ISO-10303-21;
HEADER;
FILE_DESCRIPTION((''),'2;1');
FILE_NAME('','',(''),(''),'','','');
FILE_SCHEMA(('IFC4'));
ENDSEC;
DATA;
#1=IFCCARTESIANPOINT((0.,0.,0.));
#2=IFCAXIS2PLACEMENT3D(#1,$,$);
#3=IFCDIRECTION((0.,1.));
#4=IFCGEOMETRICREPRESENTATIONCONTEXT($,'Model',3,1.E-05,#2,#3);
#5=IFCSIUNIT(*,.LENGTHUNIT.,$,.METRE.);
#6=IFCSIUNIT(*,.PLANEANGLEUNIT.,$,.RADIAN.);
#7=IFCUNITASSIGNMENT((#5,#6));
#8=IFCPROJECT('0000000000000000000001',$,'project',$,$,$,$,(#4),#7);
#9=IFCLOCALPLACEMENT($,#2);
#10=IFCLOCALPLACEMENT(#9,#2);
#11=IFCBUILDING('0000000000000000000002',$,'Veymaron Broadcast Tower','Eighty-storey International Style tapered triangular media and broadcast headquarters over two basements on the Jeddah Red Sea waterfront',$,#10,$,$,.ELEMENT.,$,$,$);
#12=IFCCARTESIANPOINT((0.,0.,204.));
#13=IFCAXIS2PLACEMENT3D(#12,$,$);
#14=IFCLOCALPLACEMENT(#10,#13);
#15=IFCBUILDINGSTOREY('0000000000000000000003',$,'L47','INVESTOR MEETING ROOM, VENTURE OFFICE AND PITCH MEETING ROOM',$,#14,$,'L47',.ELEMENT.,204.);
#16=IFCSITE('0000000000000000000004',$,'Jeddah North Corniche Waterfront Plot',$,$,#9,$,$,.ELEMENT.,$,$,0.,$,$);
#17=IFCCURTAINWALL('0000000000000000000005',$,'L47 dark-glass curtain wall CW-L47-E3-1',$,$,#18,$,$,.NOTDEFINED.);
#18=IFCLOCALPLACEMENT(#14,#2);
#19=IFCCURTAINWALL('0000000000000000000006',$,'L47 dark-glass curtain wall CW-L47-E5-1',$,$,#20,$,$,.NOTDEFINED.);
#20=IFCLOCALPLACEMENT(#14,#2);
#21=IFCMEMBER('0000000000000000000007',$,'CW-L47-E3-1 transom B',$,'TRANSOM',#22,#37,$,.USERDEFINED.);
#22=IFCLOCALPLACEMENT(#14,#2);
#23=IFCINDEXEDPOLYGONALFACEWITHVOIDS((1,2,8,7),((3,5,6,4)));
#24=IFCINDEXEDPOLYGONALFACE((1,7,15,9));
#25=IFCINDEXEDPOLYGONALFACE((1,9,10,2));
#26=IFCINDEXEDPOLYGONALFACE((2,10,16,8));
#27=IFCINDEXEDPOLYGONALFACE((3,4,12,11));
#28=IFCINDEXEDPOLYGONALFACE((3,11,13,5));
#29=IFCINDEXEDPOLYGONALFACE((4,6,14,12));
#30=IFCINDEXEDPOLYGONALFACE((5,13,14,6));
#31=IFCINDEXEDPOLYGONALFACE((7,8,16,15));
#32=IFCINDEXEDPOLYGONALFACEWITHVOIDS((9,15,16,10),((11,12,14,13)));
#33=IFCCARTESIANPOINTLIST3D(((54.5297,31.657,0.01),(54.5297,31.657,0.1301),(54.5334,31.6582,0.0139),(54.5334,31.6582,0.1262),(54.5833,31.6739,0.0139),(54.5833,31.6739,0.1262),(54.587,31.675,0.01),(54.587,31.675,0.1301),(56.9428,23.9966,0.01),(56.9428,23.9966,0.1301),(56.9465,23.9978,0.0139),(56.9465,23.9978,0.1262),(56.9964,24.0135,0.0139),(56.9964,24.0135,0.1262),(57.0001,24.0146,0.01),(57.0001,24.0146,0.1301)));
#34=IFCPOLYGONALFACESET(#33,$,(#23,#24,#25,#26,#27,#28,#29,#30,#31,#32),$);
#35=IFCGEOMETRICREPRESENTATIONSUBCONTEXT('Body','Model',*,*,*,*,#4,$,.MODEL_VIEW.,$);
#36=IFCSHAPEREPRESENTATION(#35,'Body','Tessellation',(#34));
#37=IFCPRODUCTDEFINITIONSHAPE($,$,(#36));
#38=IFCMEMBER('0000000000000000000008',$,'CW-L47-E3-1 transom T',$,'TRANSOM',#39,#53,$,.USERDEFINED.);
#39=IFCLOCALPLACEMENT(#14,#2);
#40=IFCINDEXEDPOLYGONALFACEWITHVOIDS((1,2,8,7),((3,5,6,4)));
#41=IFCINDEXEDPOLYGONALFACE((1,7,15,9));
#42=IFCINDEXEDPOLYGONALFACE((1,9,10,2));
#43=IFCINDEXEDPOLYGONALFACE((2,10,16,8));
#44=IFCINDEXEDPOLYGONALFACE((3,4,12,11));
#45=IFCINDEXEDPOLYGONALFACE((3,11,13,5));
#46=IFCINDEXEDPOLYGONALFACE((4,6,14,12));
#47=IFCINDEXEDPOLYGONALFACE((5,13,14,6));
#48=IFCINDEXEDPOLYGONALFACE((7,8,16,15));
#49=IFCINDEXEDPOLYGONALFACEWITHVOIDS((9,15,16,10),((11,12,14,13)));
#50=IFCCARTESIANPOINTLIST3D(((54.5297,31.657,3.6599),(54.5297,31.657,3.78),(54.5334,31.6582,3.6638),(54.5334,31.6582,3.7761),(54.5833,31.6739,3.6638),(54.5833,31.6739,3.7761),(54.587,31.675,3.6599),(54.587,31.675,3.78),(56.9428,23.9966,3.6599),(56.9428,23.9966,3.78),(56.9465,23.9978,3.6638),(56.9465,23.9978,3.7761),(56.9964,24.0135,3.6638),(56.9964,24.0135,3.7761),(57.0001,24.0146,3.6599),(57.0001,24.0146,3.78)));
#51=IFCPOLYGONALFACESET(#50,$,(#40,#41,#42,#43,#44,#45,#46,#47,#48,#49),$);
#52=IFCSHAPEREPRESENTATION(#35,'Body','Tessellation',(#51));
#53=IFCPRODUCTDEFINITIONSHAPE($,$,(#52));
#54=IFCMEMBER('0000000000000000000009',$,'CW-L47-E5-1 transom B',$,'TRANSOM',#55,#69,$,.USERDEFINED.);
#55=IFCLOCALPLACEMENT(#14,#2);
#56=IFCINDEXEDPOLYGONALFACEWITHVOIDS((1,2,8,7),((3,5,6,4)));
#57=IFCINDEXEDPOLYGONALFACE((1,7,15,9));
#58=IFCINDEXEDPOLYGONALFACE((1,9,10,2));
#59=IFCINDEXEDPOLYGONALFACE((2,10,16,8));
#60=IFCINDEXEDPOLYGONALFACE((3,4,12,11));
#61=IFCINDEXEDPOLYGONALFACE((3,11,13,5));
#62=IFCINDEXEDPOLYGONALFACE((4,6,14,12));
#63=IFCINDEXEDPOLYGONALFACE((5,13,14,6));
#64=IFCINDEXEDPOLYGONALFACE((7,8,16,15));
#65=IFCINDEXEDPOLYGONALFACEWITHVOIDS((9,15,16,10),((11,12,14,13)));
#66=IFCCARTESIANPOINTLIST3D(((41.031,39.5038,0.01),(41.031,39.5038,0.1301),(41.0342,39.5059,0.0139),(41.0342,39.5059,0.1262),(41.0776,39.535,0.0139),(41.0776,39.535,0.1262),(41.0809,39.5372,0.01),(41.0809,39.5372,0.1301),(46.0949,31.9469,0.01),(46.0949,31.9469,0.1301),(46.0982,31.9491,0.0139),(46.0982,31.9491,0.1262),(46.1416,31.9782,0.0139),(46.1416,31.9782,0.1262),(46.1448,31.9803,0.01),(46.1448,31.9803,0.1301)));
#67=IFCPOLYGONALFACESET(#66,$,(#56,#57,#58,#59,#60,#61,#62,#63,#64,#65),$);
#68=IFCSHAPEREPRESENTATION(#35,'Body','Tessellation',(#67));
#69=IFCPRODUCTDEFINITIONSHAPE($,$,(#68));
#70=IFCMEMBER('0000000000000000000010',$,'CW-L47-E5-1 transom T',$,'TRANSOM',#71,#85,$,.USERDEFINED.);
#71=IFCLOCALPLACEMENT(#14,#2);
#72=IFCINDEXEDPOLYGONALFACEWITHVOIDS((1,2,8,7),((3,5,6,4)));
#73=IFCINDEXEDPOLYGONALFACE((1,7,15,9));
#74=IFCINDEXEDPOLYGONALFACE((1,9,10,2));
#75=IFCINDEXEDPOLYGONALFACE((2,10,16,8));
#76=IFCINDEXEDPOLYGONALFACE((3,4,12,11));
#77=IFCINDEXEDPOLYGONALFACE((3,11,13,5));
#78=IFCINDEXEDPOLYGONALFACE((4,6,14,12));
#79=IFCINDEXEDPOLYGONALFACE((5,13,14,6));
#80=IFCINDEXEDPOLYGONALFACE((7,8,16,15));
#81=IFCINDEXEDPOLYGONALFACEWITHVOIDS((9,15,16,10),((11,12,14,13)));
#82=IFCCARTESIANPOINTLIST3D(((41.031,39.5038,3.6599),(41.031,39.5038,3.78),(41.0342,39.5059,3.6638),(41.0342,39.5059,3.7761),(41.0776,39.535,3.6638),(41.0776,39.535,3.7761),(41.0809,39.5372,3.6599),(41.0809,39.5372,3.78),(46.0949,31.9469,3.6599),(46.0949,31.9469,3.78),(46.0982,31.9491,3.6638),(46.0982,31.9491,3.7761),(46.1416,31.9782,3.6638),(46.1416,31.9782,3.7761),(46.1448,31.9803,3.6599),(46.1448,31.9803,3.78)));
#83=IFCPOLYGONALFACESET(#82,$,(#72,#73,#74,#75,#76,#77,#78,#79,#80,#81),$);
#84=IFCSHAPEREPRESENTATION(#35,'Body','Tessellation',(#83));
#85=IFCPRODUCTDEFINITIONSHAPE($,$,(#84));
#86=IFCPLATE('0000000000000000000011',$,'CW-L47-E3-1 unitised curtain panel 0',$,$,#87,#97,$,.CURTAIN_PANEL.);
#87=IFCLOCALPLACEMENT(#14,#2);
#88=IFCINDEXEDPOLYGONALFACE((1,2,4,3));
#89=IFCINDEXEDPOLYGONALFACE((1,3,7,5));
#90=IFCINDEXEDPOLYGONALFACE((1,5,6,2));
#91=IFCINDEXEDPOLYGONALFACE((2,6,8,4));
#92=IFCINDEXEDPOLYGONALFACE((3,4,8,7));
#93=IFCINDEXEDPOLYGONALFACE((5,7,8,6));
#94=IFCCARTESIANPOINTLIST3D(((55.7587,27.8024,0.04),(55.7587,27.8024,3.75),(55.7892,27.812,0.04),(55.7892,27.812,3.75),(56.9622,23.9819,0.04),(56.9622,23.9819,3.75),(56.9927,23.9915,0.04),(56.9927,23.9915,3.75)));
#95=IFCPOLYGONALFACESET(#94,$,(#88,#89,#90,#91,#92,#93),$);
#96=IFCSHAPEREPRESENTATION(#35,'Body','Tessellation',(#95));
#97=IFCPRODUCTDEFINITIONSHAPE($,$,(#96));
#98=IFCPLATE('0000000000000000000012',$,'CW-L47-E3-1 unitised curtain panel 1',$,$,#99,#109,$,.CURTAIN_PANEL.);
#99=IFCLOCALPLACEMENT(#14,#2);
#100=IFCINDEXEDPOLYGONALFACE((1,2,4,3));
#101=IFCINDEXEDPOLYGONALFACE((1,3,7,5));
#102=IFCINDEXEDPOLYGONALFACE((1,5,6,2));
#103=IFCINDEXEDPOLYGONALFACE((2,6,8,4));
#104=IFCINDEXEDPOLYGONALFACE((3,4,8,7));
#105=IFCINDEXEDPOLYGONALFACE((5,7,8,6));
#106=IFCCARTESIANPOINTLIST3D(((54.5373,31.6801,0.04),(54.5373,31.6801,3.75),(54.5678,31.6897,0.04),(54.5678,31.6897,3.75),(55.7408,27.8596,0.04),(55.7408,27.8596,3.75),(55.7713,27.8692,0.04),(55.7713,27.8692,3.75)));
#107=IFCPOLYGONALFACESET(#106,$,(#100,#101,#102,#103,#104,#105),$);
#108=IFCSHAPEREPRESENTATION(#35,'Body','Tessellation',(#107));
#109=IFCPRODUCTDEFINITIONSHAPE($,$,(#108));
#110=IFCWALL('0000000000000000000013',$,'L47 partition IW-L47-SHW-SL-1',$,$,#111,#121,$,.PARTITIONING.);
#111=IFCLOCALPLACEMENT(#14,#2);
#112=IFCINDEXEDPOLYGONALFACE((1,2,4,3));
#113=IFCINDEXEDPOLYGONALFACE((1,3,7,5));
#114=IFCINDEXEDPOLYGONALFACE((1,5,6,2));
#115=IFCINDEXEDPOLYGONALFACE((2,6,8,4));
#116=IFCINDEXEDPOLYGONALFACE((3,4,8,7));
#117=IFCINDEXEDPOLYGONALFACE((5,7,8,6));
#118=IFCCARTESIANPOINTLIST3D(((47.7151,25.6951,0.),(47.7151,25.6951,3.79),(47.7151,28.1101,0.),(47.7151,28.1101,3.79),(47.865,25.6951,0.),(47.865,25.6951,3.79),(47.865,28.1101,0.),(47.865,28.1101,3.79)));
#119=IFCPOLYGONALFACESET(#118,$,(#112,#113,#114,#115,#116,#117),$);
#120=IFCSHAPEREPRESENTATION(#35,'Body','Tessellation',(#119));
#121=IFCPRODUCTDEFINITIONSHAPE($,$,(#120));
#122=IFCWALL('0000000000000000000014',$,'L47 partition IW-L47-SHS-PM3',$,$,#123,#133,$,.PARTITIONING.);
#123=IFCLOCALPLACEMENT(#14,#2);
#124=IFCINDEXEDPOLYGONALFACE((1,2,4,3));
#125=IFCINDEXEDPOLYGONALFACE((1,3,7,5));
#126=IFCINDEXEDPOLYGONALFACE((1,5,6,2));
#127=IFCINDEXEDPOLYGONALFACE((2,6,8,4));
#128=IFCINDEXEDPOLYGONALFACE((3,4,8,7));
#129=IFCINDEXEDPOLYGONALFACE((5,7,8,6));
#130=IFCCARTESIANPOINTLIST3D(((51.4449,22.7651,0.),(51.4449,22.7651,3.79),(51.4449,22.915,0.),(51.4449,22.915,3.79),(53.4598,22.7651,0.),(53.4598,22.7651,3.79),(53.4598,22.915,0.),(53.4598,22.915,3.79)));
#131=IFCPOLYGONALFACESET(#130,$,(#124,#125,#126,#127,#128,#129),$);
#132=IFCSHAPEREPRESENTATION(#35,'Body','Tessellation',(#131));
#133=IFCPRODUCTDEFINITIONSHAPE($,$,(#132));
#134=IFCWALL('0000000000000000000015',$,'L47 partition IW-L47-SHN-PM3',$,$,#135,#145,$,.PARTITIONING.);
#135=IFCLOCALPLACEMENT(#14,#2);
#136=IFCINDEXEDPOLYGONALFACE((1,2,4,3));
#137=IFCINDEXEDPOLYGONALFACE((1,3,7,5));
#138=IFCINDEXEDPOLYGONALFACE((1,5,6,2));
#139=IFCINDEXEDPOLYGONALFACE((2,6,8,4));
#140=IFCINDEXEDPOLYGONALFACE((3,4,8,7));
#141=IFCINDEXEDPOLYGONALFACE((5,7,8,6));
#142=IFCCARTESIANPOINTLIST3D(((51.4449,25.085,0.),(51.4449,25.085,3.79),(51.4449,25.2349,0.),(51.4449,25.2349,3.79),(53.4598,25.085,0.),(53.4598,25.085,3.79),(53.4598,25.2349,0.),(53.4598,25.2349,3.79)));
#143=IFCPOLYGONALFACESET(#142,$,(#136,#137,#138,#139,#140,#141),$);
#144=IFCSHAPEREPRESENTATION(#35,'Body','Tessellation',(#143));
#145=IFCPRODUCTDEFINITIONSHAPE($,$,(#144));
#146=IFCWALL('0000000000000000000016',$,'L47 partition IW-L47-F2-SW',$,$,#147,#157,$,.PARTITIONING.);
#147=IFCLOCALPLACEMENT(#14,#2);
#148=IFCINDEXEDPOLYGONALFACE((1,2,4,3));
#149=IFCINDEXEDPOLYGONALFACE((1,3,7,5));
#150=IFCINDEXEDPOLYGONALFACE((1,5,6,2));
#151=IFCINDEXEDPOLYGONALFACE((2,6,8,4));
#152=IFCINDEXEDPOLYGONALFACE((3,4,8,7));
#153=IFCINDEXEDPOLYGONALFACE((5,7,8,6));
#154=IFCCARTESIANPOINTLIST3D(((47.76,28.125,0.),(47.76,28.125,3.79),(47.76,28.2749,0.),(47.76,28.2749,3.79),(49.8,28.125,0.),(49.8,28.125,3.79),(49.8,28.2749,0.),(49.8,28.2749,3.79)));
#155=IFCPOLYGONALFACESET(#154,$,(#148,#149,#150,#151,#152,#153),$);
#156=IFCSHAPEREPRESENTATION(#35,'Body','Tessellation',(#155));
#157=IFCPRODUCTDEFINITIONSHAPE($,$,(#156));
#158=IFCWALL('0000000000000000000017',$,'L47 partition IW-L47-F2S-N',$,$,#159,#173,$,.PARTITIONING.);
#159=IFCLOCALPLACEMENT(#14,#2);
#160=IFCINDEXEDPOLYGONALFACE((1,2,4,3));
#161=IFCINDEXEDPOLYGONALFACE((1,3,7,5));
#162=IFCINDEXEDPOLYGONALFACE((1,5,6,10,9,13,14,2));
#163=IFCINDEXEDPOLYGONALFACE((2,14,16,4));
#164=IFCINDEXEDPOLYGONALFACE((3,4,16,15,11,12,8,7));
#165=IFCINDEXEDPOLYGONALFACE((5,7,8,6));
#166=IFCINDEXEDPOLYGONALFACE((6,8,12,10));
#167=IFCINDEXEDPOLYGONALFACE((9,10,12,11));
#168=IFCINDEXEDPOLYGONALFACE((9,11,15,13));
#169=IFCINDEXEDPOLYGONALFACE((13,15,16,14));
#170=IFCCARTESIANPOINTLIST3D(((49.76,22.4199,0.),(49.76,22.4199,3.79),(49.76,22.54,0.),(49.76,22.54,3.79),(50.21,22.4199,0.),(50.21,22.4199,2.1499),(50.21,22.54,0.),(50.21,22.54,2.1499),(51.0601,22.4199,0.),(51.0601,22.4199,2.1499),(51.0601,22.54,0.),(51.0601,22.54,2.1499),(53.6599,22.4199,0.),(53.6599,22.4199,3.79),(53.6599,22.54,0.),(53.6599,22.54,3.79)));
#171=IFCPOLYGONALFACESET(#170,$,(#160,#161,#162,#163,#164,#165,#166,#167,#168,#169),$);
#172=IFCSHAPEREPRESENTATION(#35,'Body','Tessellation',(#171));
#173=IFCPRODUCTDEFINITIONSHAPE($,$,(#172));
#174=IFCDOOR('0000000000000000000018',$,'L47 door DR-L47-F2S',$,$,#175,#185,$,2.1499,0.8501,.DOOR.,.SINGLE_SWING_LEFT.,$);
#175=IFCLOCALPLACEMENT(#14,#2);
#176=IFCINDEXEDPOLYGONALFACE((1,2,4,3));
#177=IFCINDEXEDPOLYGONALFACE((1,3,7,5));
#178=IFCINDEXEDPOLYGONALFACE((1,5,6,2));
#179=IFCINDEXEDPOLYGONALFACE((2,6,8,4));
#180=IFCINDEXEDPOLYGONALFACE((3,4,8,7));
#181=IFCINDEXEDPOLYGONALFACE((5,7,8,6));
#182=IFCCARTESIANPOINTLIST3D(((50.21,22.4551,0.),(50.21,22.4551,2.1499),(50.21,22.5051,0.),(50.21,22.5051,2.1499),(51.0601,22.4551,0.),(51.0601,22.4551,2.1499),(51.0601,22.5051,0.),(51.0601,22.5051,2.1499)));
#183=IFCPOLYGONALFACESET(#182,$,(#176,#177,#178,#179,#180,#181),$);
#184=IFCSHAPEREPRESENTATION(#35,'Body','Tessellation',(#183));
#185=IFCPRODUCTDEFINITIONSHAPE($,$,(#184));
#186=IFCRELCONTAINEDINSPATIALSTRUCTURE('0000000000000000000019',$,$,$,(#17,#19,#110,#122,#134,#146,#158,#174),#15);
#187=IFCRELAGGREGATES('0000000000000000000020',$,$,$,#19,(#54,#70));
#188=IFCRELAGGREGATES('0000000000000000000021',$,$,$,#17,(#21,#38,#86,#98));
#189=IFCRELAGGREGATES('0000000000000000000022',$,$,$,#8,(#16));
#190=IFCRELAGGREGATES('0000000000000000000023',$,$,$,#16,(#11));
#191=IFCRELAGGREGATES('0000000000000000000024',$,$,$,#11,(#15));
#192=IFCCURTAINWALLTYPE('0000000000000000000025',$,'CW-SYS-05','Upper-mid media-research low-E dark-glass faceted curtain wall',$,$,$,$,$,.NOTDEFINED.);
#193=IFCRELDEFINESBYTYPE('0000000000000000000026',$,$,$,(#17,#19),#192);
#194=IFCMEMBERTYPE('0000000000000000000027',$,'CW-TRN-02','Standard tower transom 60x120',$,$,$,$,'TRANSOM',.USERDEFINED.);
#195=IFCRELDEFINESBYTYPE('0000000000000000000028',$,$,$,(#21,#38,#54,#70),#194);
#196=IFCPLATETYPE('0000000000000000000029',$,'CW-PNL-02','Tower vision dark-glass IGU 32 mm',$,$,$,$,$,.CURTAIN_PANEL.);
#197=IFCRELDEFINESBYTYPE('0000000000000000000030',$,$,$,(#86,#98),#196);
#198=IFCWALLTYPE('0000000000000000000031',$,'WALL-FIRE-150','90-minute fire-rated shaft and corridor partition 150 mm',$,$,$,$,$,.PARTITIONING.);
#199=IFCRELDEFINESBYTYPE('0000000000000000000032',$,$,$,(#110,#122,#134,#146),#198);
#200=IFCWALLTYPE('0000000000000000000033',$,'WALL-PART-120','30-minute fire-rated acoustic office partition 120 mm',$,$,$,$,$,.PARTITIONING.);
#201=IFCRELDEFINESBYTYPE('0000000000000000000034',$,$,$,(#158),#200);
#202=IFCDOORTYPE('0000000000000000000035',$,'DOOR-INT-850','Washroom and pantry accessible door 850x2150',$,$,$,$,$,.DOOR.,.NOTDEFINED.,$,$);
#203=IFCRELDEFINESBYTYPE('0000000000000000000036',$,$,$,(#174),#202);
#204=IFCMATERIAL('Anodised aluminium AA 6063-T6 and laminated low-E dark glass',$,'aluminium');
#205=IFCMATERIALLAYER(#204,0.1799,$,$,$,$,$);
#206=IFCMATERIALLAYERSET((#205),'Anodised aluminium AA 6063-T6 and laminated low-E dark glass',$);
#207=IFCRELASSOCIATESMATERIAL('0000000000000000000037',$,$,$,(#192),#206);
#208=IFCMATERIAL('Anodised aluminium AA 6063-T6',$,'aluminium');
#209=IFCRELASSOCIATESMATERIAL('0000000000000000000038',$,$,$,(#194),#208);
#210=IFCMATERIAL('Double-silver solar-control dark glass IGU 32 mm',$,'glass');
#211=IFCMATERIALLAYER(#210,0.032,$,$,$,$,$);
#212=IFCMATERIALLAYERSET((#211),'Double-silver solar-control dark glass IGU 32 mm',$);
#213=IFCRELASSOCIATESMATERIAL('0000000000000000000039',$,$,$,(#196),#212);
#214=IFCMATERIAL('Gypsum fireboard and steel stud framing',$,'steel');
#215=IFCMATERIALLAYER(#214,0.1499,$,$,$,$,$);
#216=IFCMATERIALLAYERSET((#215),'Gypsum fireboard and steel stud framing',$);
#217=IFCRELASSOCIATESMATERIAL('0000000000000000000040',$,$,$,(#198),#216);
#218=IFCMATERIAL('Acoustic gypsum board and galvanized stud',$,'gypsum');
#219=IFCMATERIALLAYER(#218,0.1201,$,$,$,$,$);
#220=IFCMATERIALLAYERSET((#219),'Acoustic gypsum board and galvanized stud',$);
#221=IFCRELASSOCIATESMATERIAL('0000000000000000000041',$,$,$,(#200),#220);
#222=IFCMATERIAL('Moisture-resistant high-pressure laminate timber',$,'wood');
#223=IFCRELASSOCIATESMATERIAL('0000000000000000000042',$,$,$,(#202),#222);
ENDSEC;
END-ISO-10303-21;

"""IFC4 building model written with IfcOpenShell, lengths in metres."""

from ifc_helpers import new_model, si_unit, direction, frame, frame_2d, origin, origin_2d, place, context, subcontext, project, spatial, rectangle, hollow_rectangle, extrude, material, layer, layer_set, material_profile, profile_set, type_object, element, fill, aggregate, save


model = new_model("IFC4")

# Units and contexts
model_context = context("Model", 3, precision=1e-05, world=origin(), true_north=direction((0.0, 1.0)))
body_context = subcontext(model_context, "Body", "Model", "MODEL_VIEW")
ifc_project = project(units=[si_unit("LENGTHUNIT", "METRE"), si_unit("PLANEANGLEUNIT", "RADIAN")], contexts=[model_context])

# Site, building, storey
site_placement = place(None, origin())
site = spatial("IfcSite", under=ifc_project, at=site_placement, Name="Jeddah North Corniche Waterfront Plot", CompositionType="ELEMENT", RefElevation=0.0)
building_placement = place(site_placement, origin())
building = spatial("IfcBuilding", under=site, at=building_placement, Name="Veymaron Broadcast Tower", Description="Eighty-storey International Style tapered triangular media and broadcast headquarters over two basements on the Jeddah Red Sea waterfront", CompositionType="ELEMENT")
storey_placement = place(building_placement, frame((0.0, 0.0, 204.0)))
storey = spatial("IfcBuildingStorey", under=building, at=storey_placement, Name="L47", Description="INVESTOR MEETING ROOM, VENTURE OFFICE AND PITCH MEETING ROOM", LongName="L47", CompositionType="ELEMENT", Elevation=204.0)

# Shared definitions
ifc_material_1 = material(Name="Anodised aluminium AA 6063-T6 and laminated low-E dark glass", Category="aluminium")
ifc_layer_1 = layer(ifc_material_1, 0.1799)
ifc_layer_set_1 = layer_set([ifc_layer_1], Name="Anodised aluminium AA 6063-T6 and laminated low-E dark glass")
curtain_wall_type = type_object("IfcCurtainWallType", Name="CW-SYS-05", Description="Upper-mid media-research low-E dark-glass faceted curtain wall", PredefinedType="NOTDEFINED", material=ifc_layer_set_1)
ifc_material_2 = material(Name="Anodised aluminium AA 6063-T6", Category="aluminium")

# Curtain wall
curtain_wall_1_placement = place(storey_placement, origin())
curtain_wall_1 = element("IfcCurtainWall", 1, at=curtain_wall_1_placement, inside=storey, type_object=curtain_wall_type, Name="L47 dark-glass curtain wall CW-L47-E3-1", PredefinedType="NOTDEFINED")

# Curtain wall
curtain_wall_2_placement = place(storey_placement, origin())
curtain_wall_2 = element("IfcCurtainWall", 2, at=curtain_wall_2_placement, inside=storey, type_object=curtain_wall_type, Name="L47 dark-glass curtain wall CW-L47-E5-1", PredefinedType="NOTDEFINED")

# Members
ifc_material_profile_1 = material_profile(ifc_material_2, hollow_rectangle(XDim=0.0601, YDim=0.1201, WallThickness=0.0039, at=origin_2d()), Name="AL120X60X4")
ifc_profile_set_1 = profile_set([ifc_material_profile_1], Name="Anodised aluminium AA 6063-T6")
member_type_1 = type_object("IfcMemberType", Name="CW-TRN-02", Description="Standard tower transom 60x120", ElementType="TRANSOM", PredefinedType="USERDEFINED", material=ifc_profile_set_1)
member_1_placement = place(storey_placement, frame((56.9714, 24.0056, 0.0701), z_axis=(-0.300453, 0.953797, 0.0), x_axis=(-0.953797, -0.300453, 0.0)))
member_1 = element("IfcMember", 3, at=member_1_placement, type_object=member_type_1, Name="CW-L47-E3-1 transom B", ObjectType="TRANSOM", PredefinedType="USERDEFINED", context=body_context, shape_type="SweptSolid", body=[
    extrude(hollow_rectangle(XDim=0.0601, YDim=0.1201, WallThickness=0.0039, at=origin_2d()), origin(), (0.0, 0.0, 1.0), 8.0315),
])
member_2_placement = place(storey_placement, frame((56.9714, 24.0056, 3.72), z_axis=(-0.300453, 0.953797, 0.0), x_axis=(-0.953797, -0.300453, 0.0)))
member_2 = element("IfcMember", 4, at=member_2_placement, type_object=member_type_1, Name="CW-L47-E3-1 transom T", ObjectType="TRANSOM", PredefinedType="USERDEFINED", context=body_context, shape_type="SweptSolid", body=[
    extrude(hollow_rectangle(XDim=0.0601, YDim=0.1201, WallThickness=0.0039, at=origin_2d()), origin(), (0.0, 0.0, 1.0), 8.0315),
])
member_3_placement = place(storey_placement, frame((46.1199, 31.9636, 0.0701), z_axis=(-0.556681, 0.830727, 0.0), x_axis=(-0.830727, -0.556681, 0.0)))
member_3 = element("IfcMember", 5, at=member_3_placement, type_object=member_type_1, Name="CW-L47-E5-1 transom B", ObjectType="TRANSOM", PredefinedType="USERDEFINED", context=body_context, shape_type="SweptSolid", body=[
    extrude(hollow_rectangle(XDim=0.0601, YDim=0.1201, WallThickness=0.0039, at=origin_2d()), origin(), (0.0, 0.0, 1.0), 9.0967),
])
member_4_placement = place(storey_placement, frame((46.1199, 31.9636, 3.72), z_axis=(-0.556681, 0.830727, 0.0), x_axis=(-0.830727, -0.556681, 0.0)))
member_4 = element("IfcMember", 6, at=member_4_placement, type_object=member_type_1, Name="CW-L47-E5-1 transom T", ObjectType="TRANSOM", PredefinedType="USERDEFINED", context=body_context, shape_type="SweptSolid", body=[
    extrude(hollow_rectangle(XDim=0.0601, YDim=0.1201, WallThickness=0.0039, at=origin_2d()), origin(), (0.0, 0.0, 1.0), 9.0967),
])
aggregate(curtain_wall_2, [member_3, member_4])

# Plates
ifc_material_3 = material(Name="Double-silver solar-control dark glass IGU 32 mm", Category="glass")
ifc_layer_2 = layer(ifc_material_3, 0.032)
ifc_layer_set_2 = layer_set([ifc_layer_2], Name="Double-silver solar-control dark glass IGU 32 mm")
plate_type = type_object("IfcPlateType", Name="CW-PNL-02", Description="Tower vision dark-glass IGU 32 mm", PredefinedType="CURTAIN_PANEL", material=ifc_layer_set_2)
plate_1_placement = place(storey_placement, frame((56.3757, 25.897, 0.04), z_axis=(0.0, 0.0, 1.0), x_axis=(-0.300456, 0.953796, 0.0)))
plate_1 = element("IfcPlate", 7, at=plate_1_placement, type_object=plate_type, Name="CW-L47-E3-1 unitised curtain panel 0", PredefinedType="CURTAIN_PANEL", context=body_context, shape_type="SweptSolid", body=[
    extrude(rectangle(XDim=4.0056, YDim=0.032, at=origin_2d()), origin(), (0.0, 0.0, 1.0), 3.71),
])
plate_2_placement = place(storey_placement, frame((55.1543, 29.7747, 0.04), z_axis=(0.0, 0.0, 1.0), x_axis=(-0.300456, 0.953796, 0.0)))
plate_2 = element("IfcPlate", 8, at=plate_2_placement, type_object=plate_type, Name="CW-L47-E3-1 unitised curtain panel 1", PredefinedType="CURTAIN_PANEL", context=body_context, shape_type="SweptSolid", body=[
    extrude(rectangle(XDim=4.0056, YDim=0.032, at=origin_2d()), origin(), (0.0, 0.0, 1.0), 3.71),
])
aggregate(curtain_wall_1, [member_1, member_2, plate_1, plate_2])

# Shared definitions
ifc_material_4 = material(Name="Gypsum fireboard and steel stud framing", Category="steel")
ifc_layer_3 = layer(ifc_material_4, 0.1499)
ifc_layer_set_3 = layer_set([ifc_layer_3], Name="Gypsum fireboard and steel stud framing")
wall_type_1 = type_object("IfcWallType", Name="WALL-FIRE-150", Description="90-minute fire-rated shaft and corridor partition 150 mm", PredefinedType="PARTITIONING", material=ifc_layer_set_3)

# Wall
wall_1_placement = place(storey_placement, frame((47.79, 25.6951, 0.0), z_axis=(0.0, 0.0, 1.0), x_axis=(0.0, 1.0, 0.0)))
element("IfcWall", 9, at=wall_1_placement, inside=storey, type_object=wall_type_1, Name="L47 partition IW-L47-SHW-SL-1", PredefinedType="PARTITIONING", context=body_context, shape_type="SweptSolid", body=[
    extrude(rectangle(XDim=2.415, YDim=0.1499, at=frame_2d((1.2075, 0.0))), origin(), (0.0, 0.0, 1.0), 3.79),
])

# Walls
for number, where, z_axis, x_axis, name in (
    (10, (51.4451, 22.8401, 0.0), (0.0, 0.0, 1.0), (1.0, 0.0, 0.0), "L47 partition IW-L47-SHS-PM3"),
    (11, (51.4451, 25.1599, 0.0), (0.0, 0.0, 1.0), (1.0, 0.0, 0.0), "L47 partition IW-L47-SHN-PM3"),
):
    element("IfcWall", number, at=place(storey_placement, frame(where, z_axis=z_axis, x_axis=x_axis)), inside=storey, type_object=wall_type_1, Name=name, PredefinedType="PARTITIONING", context=body_context, shape_type="SweptSolid", body=[
        extrude(rectangle(XDim=2.0149, YDim=0.1499, at=frame_2d((1.0073, 0.0))), origin(), (0.0, 0.0, 1.0), 3.79),
    ])
wall_2_placement = place(storey_placement, frame((47.76, 28.2, 0.0), z_axis=(0.0, 0.0, 1.0), x_axis=(1.0, 0.0, 0.0)))
element("IfcWall", 12, at=wall_2_placement, inside=storey, type_object=wall_type_1, Name="L47 partition IW-L47-F2-SW", PredefinedType="PARTITIONING", context=body_context, shape_type="SweptSolid", body=[
    extrude(rectangle(XDim=2.04, YDim=0.1499, at=frame_2d((1.02, 0.0))), origin(), (0.0, 0.0, 1.0), 3.79),
])

# Wall, opening, door
ifc_material_5 = material(Name="Acoustic gypsum board and galvanized stud", Category="gypsum")
ifc_layer_4 = layer(ifc_material_5, 0.1201)
ifc_layer_set_4 = layer_set([ifc_layer_4], Name="Acoustic gypsum board and galvanized stud")
wall_type_2 = type_object("IfcWallType", Name="WALL-PART-120", Description="30-minute fire-rated acoustic office partition 120 mm", PredefinedType="PARTITIONING", material=ifc_layer_set_4)
wall_3_placement = place(storey_placement, frame((49.76, 22.48, 0.0), z_axis=(0.0, 0.0, 1.0), x_axis=(1.0, 0.0, 0.0)))
wall_3 = element("IfcWall", 13, at=wall_3_placement, inside=storey, type_object=wall_type_2, Name="L47 partition IW-L47-F2S-N", PredefinedType="PARTITIONING", context=body_context, shape_type="SweptSolid", body=[
    extrude(rectangle(XDim=3.8999, YDim=0.1201, at=frame_2d((1.95, 0.0))), origin(), (0.0, 0.0, 1.0), 3.79),
])
opening_1_placement = place(wall_3_placement, frame((0.45, 0.0, 0.0)))
opening_1 = element("IfcOpeningElement", 14, at=opening_1_placement, cuts=wall_3, PredefinedType="OPENING", context=body_context, shape_type="SweptSolid", body=[
    extrude(rectangle(XDim=0.8501, YDim=2.1499, at=frame_2d((0.425, 1.075))), frame((0.0, 0.0701, 0.0), z_axis=(0.0, -1.0, 0.0), x_axis=(1.0, 0.0, 0.0)), (0.0, 0.0, 1.0), 0.1401),
])
ifc_material_6 = material(Name="Moisture-resistant high-pressure laminate timber", Category="wood")
door_type_1 = type_object("IfcDoorType", Name="DOOR-INT-850", Description="Washroom and pantry accessible door 850x2150", OperationType="NOTDEFINED", PredefinedType="DOOR", material=ifc_material_6)
door_1_placement = place(opening_1_placement, frame((0.8501, 0.0, 0.0), z_axis=(0.0, 0.0, 1.0), x_axis=(-1.0, 0.0, 0.0)))
door_1 = element("IfcDoor", 15, at=door_1_placement, inside=storey, type_object=door_type_1, Name="L47 door DR-L47-F2S", OperationType="SINGLE_SWING_LEFT", OverallHeight=2.1499, OverallWidth=0.8501, PredefinedType="DOOR", context=body_context, shape_type="SweptSolid", body=[
    extrude(rectangle(XDim=0.8501, YDim=2.1499, at=frame_2d((0.425, 1.075))), frame((0.0, 0.0249, 0.0), z_axis=(0.0, -1.0, 0.0), x_axis=(1.0, 0.0, 0.0)), (0.0, 0.0, 1.0), 0.05),
])
fill(opening_1, door_1)

save(model, "model.ifc")
